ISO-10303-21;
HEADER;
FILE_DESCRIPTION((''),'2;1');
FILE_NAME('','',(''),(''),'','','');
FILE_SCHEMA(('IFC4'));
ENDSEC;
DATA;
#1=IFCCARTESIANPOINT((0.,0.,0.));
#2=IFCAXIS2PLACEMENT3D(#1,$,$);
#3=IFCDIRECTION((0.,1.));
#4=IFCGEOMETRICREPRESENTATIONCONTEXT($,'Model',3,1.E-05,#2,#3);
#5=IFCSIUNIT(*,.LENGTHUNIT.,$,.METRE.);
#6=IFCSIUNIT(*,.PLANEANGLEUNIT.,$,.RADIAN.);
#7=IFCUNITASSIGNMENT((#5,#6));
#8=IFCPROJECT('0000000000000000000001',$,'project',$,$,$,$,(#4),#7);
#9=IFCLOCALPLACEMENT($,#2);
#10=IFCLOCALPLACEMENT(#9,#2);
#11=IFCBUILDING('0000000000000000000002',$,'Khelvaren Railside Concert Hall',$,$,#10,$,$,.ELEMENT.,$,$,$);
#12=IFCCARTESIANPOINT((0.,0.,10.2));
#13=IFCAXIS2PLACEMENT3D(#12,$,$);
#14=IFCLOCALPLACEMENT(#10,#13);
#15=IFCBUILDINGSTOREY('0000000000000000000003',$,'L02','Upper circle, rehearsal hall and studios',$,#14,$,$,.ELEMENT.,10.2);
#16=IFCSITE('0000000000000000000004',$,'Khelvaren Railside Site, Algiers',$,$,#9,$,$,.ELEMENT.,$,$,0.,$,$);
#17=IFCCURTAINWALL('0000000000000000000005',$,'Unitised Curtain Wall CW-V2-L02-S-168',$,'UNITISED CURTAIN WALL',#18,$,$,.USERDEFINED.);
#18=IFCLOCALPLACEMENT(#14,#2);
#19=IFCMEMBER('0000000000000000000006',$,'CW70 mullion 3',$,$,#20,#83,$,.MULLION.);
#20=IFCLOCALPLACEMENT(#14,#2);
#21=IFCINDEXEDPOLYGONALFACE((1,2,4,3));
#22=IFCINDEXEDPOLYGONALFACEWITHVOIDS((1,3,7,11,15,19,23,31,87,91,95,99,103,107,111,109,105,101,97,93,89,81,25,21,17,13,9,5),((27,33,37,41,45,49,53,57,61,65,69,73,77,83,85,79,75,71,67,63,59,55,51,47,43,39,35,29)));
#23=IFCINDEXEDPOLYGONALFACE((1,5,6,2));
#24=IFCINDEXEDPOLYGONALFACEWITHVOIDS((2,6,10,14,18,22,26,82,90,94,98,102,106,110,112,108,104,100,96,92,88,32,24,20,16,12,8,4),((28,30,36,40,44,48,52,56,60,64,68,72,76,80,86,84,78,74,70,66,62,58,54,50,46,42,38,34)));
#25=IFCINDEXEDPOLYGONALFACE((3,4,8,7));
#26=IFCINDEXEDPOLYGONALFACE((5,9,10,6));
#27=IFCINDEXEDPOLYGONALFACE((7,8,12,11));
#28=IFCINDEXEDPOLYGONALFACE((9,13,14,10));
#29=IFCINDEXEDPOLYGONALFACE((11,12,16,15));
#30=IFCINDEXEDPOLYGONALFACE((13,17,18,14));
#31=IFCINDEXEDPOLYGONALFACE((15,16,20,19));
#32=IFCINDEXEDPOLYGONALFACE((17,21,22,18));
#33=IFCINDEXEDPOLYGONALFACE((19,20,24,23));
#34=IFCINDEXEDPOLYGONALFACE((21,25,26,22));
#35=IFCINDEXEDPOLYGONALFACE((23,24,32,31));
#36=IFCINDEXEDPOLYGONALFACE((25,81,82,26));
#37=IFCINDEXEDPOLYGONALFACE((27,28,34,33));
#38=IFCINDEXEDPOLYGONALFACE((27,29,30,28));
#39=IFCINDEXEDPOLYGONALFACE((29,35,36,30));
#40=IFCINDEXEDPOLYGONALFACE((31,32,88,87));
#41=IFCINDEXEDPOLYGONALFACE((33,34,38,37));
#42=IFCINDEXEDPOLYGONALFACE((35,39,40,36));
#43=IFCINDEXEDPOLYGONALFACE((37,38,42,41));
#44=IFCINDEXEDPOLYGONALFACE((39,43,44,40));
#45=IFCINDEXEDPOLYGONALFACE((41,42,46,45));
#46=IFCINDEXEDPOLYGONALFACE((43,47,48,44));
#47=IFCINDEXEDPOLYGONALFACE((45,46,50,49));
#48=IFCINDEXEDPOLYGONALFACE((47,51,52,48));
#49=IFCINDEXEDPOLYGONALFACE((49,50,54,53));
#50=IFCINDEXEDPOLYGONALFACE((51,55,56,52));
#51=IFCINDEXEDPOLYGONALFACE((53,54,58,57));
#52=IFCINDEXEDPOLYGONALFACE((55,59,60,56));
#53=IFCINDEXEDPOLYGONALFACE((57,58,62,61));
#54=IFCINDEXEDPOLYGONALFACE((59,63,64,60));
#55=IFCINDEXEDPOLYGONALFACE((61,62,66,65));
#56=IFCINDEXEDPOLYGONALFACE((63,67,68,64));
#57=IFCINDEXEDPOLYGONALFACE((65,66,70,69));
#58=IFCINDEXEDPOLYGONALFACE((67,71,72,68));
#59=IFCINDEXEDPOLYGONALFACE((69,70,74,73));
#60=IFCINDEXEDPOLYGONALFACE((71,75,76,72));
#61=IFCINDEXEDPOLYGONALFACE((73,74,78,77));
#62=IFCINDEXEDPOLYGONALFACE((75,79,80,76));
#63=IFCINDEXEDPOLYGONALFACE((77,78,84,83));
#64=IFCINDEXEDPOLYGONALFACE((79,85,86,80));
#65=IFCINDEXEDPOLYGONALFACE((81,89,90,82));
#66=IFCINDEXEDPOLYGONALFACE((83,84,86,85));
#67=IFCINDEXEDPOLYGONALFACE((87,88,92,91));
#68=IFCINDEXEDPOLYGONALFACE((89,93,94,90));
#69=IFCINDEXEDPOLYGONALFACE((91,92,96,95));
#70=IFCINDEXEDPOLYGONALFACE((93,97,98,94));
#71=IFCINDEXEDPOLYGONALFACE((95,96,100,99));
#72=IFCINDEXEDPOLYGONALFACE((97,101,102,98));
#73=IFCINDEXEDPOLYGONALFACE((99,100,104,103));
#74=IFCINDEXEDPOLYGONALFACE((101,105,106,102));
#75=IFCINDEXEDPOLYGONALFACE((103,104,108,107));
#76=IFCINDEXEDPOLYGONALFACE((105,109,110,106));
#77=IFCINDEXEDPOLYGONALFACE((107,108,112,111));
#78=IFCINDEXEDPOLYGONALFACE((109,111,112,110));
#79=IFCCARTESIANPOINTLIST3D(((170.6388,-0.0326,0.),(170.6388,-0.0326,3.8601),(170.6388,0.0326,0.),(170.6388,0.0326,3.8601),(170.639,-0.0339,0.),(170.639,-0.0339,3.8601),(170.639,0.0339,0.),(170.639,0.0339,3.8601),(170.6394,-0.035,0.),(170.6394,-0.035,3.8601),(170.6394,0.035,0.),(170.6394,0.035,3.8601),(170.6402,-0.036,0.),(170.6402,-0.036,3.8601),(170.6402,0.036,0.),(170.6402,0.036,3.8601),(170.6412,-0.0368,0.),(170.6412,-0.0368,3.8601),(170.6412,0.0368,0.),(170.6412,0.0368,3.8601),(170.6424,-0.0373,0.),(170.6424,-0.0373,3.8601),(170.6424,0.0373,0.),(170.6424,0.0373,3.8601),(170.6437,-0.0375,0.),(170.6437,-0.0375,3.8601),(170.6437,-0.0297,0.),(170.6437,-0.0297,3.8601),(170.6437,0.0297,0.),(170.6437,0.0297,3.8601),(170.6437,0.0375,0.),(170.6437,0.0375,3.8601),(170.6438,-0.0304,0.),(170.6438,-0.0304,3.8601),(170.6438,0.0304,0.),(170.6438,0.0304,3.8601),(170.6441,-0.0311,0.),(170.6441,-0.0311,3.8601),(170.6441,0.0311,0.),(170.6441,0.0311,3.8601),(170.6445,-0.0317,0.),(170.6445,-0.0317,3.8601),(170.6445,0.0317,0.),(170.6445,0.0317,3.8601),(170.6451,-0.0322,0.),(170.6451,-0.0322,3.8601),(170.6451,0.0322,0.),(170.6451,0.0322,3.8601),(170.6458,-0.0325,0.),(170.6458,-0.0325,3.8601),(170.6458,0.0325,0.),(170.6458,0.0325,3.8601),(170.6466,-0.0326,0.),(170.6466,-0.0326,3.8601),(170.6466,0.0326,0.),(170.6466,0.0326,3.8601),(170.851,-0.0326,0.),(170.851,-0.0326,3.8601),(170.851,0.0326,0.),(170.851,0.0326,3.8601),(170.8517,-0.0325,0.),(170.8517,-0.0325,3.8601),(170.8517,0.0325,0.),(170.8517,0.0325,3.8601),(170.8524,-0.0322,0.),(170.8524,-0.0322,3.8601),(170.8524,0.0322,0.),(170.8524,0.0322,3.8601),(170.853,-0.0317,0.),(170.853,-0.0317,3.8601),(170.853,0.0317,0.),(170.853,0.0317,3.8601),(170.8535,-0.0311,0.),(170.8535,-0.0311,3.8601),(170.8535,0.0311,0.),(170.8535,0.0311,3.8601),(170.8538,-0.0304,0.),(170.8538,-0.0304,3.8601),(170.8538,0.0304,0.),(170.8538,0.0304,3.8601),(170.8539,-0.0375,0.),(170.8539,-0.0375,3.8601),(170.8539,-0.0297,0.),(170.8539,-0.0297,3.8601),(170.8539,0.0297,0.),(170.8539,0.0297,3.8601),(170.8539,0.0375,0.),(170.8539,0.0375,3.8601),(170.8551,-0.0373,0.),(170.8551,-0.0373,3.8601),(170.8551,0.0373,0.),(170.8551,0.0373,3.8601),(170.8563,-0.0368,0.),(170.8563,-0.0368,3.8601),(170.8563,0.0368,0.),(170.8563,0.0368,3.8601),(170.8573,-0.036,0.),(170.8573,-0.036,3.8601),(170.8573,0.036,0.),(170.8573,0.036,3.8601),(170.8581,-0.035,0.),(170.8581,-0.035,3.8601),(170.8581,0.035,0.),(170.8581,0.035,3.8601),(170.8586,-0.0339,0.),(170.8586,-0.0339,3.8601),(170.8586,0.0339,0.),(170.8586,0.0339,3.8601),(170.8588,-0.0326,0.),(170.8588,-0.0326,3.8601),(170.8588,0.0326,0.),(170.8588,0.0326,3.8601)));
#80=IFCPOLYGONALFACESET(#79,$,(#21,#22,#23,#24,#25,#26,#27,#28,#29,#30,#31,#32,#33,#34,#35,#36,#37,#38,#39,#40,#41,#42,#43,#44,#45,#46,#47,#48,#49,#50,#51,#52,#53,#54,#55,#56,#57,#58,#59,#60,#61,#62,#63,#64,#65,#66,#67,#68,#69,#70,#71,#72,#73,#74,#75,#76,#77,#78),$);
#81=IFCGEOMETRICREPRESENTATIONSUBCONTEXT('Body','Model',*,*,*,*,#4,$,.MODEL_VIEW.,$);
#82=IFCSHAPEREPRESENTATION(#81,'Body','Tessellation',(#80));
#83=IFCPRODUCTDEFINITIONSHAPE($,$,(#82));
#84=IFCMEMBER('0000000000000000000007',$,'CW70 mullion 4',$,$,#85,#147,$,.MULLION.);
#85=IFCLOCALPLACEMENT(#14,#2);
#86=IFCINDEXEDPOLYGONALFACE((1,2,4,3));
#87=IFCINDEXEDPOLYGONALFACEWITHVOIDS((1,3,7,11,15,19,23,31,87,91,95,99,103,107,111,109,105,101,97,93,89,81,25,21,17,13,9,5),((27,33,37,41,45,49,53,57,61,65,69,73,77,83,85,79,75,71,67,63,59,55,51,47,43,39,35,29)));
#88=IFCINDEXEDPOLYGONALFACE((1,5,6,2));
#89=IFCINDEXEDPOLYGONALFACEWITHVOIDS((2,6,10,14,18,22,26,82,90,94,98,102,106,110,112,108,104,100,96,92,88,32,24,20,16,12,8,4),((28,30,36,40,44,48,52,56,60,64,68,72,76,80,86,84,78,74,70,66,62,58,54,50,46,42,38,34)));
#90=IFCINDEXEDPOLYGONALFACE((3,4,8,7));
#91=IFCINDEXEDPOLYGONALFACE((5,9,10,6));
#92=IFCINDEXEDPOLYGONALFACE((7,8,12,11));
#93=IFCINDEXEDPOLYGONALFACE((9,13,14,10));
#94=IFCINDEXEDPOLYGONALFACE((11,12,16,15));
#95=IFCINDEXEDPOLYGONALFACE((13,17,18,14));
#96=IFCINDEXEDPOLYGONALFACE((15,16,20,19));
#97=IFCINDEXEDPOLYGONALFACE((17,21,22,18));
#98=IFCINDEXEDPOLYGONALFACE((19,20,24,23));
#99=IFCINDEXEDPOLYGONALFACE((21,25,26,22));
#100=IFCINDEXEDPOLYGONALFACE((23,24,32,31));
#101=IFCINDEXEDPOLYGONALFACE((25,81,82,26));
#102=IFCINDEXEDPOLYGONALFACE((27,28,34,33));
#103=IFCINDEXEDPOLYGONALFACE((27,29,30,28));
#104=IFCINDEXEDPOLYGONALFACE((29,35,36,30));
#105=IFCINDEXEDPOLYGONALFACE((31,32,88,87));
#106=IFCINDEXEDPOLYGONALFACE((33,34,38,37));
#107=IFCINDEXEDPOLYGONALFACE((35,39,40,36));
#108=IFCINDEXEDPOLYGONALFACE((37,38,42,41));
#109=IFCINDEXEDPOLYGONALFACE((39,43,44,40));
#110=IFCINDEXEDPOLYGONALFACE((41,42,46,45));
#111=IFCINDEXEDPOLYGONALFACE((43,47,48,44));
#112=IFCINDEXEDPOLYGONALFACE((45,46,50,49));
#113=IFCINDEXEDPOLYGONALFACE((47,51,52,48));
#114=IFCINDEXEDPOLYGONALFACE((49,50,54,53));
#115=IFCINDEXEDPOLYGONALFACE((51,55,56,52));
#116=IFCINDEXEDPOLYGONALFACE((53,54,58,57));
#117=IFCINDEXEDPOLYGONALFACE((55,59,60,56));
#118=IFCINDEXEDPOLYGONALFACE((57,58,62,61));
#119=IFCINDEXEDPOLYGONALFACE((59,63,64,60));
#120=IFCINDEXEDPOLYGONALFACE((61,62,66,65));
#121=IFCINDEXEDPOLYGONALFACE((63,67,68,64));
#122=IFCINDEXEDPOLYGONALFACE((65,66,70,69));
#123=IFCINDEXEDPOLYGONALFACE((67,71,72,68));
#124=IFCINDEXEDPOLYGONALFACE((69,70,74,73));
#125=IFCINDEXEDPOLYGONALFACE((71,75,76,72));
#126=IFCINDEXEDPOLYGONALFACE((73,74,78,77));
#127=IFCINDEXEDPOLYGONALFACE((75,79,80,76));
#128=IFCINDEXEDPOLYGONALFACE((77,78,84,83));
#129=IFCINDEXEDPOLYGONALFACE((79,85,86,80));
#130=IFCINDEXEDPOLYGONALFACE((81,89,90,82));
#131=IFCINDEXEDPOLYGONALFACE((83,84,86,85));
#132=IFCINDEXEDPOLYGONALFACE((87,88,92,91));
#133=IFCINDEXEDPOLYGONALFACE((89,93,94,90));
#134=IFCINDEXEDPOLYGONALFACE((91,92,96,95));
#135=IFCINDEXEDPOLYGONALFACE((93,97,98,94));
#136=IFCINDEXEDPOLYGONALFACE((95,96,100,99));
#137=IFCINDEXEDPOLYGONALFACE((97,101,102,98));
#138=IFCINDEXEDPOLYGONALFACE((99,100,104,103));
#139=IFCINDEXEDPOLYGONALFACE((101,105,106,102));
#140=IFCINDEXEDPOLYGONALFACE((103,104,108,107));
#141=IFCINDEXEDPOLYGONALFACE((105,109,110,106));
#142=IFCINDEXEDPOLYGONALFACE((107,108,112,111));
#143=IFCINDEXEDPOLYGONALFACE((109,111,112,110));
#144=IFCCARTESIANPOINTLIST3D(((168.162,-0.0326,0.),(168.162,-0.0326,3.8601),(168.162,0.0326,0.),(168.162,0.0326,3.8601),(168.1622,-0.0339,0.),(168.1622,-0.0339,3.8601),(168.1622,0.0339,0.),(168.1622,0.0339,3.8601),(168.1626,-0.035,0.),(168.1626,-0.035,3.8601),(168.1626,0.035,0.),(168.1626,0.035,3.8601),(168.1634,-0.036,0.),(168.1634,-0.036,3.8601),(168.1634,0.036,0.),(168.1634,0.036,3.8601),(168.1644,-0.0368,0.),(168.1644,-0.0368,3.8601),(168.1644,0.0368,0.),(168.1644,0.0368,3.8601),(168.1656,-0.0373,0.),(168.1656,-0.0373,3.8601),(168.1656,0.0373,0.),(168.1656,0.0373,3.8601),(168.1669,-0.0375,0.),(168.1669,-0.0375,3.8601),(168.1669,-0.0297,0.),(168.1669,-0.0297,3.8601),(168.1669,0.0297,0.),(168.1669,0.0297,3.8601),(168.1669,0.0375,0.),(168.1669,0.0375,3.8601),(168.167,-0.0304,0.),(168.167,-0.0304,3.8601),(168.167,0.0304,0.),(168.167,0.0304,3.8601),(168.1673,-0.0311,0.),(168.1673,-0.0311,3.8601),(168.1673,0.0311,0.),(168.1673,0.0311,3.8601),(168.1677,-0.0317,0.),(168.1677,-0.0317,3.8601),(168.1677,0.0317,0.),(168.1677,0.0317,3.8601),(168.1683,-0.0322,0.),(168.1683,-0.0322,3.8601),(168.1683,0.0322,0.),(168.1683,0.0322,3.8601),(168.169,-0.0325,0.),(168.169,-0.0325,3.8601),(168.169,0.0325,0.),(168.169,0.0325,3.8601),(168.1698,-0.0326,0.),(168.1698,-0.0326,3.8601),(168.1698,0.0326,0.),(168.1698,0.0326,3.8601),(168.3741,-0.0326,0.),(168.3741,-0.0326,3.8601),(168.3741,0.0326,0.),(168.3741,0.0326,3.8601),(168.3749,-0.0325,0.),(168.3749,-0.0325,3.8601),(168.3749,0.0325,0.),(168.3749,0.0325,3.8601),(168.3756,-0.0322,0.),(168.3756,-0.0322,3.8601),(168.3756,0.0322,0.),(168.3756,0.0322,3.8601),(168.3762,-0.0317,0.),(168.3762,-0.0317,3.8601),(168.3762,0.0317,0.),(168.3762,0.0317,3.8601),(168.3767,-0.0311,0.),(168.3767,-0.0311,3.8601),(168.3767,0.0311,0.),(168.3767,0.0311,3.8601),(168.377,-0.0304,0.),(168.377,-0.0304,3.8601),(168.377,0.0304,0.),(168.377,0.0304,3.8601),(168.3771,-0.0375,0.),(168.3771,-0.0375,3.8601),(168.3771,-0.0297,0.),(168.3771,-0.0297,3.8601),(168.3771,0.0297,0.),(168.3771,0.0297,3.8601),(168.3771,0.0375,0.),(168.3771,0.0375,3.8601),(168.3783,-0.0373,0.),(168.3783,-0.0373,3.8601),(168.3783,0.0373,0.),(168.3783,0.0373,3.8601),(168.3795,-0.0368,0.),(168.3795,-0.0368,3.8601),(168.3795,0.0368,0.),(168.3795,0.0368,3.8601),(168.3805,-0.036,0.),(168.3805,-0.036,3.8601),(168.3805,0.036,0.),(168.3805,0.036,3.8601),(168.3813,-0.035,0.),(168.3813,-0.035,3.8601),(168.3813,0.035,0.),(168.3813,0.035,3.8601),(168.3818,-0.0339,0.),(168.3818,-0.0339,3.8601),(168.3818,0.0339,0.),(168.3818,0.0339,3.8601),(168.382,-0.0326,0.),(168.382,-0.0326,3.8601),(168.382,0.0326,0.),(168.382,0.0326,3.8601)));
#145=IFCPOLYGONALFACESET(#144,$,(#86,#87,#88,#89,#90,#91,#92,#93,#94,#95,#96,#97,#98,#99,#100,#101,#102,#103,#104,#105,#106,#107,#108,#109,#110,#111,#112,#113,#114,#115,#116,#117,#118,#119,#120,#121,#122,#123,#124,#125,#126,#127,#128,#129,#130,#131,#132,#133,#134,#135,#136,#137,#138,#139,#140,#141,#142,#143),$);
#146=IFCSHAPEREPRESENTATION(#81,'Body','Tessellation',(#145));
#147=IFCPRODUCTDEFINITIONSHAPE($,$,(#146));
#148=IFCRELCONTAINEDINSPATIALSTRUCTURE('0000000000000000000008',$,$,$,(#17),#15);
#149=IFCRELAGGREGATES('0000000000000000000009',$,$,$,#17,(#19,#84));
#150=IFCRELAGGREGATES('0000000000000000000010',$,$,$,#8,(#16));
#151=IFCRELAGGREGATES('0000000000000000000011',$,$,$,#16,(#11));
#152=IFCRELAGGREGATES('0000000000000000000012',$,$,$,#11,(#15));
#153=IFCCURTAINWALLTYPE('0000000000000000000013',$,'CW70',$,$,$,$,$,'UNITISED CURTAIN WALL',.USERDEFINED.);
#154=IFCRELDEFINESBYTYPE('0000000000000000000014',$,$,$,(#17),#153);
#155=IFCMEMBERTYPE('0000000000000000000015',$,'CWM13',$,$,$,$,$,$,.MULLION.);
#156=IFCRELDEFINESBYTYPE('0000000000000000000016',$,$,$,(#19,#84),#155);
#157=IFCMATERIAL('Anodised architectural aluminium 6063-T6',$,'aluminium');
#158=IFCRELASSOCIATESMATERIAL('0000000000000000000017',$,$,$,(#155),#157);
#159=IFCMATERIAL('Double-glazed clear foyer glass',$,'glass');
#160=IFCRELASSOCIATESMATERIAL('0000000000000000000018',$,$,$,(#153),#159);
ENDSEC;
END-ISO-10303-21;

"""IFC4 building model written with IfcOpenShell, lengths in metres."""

from ifc_helpers import new_model, si_unit, direction, frame, origin, origin_2d, place, context, subcontext, project, spatial, hollow_rectangle, extrude, material, material_profile, profile_set, type_object, element, aggregate, save


model = new_model("IFC4")

# Units and contexts
model_context = context("Model", 3, precision=1e-05, world=origin(), true_north=direction((0.0, 1.0)))
body_context = subcontext(model_context, "Body", "Model", "MODEL_VIEW")
ifc_project = project(units=[si_unit("LENGTHUNIT", "METRE"), si_unit("PLANEANGLEUNIT", "RADIAN")], contexts=[model_context])

# Site, building, storey
site_placement = place(None, origin())
site = spatial("IfcSite", under=ifc_project, at=site_placement, Name="Khelvaren Railside Site, Algiers", CompositionType="ELEMENT", RefElevation=0.0)
building_placement = place(site_placement, origin())
building = spatial("IfcBuilding", under=site, at=building_placement, Name="Khelvaren Railside Concert Hall", CompositionType="ELEMENT")
storey_placement = place(building_placement, frame((0.0, 0.0, 10.2)))
storey = spatial("IfcBuildingStorey", under=building, at=storey_placement, Name="L02", Description="Upper circle, rehearsal hall and studios", CompositionType="ELEMENT", Elevation=10.2)

# Shared definitions
ifc_material_1 = material(Name="Double-glazed clear foyer glass", Category="glass")
ifc_material_2 = material(Name="Anodised architectural aluminium 6063-T6", Category="aluminium")
ifc_material_profile_1 = material_profile(ifc_material_2, hollow_rectangle(XDim=0.075, YDim=0.22, WallThickness=0.0049, InnerFilletRadius=0.0029, OuterFilletRadius=0.0049, at=origin_2d()), Name="CWM 75x220x5")
ifc_profile_set_1 = profile_set([ifc_material_profile_1], Name="Anodised architectural aluminium 6063-T6")
member_type_1 = type_object("IfcMemberType", Name="CWM13", PredefinedType="MULLION", material=ifc_profile_set_1)

# Curtain wall, members
curtain_wall_type_1 = type_object("IfcCurtainWallType", Name="CW70", ElementType="UNITISED CURTAIN WALL", PredefinedType="USERDEFINED", material=ifc_material_1)
curtain_wall_1_placement = place(storey_placement, origin())
curtain_wall_1 = element("IfcCurtainWall", 1, at=curtain_wall_1_placement, inside=storey, type_object=curtain_wall_type_1, Name="Unitised Curtain Wall CW-V2-L02-S-168", ObjectType="UNITISED CURTAIN WALL", PredefinedType="USERDEFINED")
member_1_placement = place(storey_placement, frame((170.7488, 0.0, 0.0), z_axis=(0.0, 0.0, 1.0), x_axis=(0.0, -1.0, 0.0)))
member_1 = element("IfcMember", 2, at=member_1_placement, type_object=member_type_1, Name="CW70 mullion 3", PredefinedType="MULLION", context=body_context, shape_type="SweptSolid", body=[
    extrude(hollow_rectangle(XDim=0.075, YDim=0.22, WallThickness=0.0049, InnerFilletRadius=0.0029, OuterFilletRadius=0.0049, at=origin_2d()), origin(), (0.0, 0.0, 1.0), 3.8601),
])
member_2_placement = place(storey_placement, frame((168.272, 0.0, 0.0), z_axis=(0.0, 0.0, 1.0), x_axis=(0.0, -1.0, 0.0)))
member_2 = element("IfcMember", 3, at=member_2_placement, type_object=member_type_1, Name="CW70 mullion 4", PredefinedType="MULLION", context=body_context, shape_type="SweptSolid", body=[
    extrude(hollow_rectangle(XDim=0.075, YDim=0.22, WallThickness=0.0049, InnerFilletRadius=0.0029, OuterFilletRadius=0.0049, at=origin_2d()), origin(), (0.0, 0.0, 1.0), 3.8601),
])

aggregate(curtain_wall_1, [member_1, member_2])

save(model, "model.ifc")
